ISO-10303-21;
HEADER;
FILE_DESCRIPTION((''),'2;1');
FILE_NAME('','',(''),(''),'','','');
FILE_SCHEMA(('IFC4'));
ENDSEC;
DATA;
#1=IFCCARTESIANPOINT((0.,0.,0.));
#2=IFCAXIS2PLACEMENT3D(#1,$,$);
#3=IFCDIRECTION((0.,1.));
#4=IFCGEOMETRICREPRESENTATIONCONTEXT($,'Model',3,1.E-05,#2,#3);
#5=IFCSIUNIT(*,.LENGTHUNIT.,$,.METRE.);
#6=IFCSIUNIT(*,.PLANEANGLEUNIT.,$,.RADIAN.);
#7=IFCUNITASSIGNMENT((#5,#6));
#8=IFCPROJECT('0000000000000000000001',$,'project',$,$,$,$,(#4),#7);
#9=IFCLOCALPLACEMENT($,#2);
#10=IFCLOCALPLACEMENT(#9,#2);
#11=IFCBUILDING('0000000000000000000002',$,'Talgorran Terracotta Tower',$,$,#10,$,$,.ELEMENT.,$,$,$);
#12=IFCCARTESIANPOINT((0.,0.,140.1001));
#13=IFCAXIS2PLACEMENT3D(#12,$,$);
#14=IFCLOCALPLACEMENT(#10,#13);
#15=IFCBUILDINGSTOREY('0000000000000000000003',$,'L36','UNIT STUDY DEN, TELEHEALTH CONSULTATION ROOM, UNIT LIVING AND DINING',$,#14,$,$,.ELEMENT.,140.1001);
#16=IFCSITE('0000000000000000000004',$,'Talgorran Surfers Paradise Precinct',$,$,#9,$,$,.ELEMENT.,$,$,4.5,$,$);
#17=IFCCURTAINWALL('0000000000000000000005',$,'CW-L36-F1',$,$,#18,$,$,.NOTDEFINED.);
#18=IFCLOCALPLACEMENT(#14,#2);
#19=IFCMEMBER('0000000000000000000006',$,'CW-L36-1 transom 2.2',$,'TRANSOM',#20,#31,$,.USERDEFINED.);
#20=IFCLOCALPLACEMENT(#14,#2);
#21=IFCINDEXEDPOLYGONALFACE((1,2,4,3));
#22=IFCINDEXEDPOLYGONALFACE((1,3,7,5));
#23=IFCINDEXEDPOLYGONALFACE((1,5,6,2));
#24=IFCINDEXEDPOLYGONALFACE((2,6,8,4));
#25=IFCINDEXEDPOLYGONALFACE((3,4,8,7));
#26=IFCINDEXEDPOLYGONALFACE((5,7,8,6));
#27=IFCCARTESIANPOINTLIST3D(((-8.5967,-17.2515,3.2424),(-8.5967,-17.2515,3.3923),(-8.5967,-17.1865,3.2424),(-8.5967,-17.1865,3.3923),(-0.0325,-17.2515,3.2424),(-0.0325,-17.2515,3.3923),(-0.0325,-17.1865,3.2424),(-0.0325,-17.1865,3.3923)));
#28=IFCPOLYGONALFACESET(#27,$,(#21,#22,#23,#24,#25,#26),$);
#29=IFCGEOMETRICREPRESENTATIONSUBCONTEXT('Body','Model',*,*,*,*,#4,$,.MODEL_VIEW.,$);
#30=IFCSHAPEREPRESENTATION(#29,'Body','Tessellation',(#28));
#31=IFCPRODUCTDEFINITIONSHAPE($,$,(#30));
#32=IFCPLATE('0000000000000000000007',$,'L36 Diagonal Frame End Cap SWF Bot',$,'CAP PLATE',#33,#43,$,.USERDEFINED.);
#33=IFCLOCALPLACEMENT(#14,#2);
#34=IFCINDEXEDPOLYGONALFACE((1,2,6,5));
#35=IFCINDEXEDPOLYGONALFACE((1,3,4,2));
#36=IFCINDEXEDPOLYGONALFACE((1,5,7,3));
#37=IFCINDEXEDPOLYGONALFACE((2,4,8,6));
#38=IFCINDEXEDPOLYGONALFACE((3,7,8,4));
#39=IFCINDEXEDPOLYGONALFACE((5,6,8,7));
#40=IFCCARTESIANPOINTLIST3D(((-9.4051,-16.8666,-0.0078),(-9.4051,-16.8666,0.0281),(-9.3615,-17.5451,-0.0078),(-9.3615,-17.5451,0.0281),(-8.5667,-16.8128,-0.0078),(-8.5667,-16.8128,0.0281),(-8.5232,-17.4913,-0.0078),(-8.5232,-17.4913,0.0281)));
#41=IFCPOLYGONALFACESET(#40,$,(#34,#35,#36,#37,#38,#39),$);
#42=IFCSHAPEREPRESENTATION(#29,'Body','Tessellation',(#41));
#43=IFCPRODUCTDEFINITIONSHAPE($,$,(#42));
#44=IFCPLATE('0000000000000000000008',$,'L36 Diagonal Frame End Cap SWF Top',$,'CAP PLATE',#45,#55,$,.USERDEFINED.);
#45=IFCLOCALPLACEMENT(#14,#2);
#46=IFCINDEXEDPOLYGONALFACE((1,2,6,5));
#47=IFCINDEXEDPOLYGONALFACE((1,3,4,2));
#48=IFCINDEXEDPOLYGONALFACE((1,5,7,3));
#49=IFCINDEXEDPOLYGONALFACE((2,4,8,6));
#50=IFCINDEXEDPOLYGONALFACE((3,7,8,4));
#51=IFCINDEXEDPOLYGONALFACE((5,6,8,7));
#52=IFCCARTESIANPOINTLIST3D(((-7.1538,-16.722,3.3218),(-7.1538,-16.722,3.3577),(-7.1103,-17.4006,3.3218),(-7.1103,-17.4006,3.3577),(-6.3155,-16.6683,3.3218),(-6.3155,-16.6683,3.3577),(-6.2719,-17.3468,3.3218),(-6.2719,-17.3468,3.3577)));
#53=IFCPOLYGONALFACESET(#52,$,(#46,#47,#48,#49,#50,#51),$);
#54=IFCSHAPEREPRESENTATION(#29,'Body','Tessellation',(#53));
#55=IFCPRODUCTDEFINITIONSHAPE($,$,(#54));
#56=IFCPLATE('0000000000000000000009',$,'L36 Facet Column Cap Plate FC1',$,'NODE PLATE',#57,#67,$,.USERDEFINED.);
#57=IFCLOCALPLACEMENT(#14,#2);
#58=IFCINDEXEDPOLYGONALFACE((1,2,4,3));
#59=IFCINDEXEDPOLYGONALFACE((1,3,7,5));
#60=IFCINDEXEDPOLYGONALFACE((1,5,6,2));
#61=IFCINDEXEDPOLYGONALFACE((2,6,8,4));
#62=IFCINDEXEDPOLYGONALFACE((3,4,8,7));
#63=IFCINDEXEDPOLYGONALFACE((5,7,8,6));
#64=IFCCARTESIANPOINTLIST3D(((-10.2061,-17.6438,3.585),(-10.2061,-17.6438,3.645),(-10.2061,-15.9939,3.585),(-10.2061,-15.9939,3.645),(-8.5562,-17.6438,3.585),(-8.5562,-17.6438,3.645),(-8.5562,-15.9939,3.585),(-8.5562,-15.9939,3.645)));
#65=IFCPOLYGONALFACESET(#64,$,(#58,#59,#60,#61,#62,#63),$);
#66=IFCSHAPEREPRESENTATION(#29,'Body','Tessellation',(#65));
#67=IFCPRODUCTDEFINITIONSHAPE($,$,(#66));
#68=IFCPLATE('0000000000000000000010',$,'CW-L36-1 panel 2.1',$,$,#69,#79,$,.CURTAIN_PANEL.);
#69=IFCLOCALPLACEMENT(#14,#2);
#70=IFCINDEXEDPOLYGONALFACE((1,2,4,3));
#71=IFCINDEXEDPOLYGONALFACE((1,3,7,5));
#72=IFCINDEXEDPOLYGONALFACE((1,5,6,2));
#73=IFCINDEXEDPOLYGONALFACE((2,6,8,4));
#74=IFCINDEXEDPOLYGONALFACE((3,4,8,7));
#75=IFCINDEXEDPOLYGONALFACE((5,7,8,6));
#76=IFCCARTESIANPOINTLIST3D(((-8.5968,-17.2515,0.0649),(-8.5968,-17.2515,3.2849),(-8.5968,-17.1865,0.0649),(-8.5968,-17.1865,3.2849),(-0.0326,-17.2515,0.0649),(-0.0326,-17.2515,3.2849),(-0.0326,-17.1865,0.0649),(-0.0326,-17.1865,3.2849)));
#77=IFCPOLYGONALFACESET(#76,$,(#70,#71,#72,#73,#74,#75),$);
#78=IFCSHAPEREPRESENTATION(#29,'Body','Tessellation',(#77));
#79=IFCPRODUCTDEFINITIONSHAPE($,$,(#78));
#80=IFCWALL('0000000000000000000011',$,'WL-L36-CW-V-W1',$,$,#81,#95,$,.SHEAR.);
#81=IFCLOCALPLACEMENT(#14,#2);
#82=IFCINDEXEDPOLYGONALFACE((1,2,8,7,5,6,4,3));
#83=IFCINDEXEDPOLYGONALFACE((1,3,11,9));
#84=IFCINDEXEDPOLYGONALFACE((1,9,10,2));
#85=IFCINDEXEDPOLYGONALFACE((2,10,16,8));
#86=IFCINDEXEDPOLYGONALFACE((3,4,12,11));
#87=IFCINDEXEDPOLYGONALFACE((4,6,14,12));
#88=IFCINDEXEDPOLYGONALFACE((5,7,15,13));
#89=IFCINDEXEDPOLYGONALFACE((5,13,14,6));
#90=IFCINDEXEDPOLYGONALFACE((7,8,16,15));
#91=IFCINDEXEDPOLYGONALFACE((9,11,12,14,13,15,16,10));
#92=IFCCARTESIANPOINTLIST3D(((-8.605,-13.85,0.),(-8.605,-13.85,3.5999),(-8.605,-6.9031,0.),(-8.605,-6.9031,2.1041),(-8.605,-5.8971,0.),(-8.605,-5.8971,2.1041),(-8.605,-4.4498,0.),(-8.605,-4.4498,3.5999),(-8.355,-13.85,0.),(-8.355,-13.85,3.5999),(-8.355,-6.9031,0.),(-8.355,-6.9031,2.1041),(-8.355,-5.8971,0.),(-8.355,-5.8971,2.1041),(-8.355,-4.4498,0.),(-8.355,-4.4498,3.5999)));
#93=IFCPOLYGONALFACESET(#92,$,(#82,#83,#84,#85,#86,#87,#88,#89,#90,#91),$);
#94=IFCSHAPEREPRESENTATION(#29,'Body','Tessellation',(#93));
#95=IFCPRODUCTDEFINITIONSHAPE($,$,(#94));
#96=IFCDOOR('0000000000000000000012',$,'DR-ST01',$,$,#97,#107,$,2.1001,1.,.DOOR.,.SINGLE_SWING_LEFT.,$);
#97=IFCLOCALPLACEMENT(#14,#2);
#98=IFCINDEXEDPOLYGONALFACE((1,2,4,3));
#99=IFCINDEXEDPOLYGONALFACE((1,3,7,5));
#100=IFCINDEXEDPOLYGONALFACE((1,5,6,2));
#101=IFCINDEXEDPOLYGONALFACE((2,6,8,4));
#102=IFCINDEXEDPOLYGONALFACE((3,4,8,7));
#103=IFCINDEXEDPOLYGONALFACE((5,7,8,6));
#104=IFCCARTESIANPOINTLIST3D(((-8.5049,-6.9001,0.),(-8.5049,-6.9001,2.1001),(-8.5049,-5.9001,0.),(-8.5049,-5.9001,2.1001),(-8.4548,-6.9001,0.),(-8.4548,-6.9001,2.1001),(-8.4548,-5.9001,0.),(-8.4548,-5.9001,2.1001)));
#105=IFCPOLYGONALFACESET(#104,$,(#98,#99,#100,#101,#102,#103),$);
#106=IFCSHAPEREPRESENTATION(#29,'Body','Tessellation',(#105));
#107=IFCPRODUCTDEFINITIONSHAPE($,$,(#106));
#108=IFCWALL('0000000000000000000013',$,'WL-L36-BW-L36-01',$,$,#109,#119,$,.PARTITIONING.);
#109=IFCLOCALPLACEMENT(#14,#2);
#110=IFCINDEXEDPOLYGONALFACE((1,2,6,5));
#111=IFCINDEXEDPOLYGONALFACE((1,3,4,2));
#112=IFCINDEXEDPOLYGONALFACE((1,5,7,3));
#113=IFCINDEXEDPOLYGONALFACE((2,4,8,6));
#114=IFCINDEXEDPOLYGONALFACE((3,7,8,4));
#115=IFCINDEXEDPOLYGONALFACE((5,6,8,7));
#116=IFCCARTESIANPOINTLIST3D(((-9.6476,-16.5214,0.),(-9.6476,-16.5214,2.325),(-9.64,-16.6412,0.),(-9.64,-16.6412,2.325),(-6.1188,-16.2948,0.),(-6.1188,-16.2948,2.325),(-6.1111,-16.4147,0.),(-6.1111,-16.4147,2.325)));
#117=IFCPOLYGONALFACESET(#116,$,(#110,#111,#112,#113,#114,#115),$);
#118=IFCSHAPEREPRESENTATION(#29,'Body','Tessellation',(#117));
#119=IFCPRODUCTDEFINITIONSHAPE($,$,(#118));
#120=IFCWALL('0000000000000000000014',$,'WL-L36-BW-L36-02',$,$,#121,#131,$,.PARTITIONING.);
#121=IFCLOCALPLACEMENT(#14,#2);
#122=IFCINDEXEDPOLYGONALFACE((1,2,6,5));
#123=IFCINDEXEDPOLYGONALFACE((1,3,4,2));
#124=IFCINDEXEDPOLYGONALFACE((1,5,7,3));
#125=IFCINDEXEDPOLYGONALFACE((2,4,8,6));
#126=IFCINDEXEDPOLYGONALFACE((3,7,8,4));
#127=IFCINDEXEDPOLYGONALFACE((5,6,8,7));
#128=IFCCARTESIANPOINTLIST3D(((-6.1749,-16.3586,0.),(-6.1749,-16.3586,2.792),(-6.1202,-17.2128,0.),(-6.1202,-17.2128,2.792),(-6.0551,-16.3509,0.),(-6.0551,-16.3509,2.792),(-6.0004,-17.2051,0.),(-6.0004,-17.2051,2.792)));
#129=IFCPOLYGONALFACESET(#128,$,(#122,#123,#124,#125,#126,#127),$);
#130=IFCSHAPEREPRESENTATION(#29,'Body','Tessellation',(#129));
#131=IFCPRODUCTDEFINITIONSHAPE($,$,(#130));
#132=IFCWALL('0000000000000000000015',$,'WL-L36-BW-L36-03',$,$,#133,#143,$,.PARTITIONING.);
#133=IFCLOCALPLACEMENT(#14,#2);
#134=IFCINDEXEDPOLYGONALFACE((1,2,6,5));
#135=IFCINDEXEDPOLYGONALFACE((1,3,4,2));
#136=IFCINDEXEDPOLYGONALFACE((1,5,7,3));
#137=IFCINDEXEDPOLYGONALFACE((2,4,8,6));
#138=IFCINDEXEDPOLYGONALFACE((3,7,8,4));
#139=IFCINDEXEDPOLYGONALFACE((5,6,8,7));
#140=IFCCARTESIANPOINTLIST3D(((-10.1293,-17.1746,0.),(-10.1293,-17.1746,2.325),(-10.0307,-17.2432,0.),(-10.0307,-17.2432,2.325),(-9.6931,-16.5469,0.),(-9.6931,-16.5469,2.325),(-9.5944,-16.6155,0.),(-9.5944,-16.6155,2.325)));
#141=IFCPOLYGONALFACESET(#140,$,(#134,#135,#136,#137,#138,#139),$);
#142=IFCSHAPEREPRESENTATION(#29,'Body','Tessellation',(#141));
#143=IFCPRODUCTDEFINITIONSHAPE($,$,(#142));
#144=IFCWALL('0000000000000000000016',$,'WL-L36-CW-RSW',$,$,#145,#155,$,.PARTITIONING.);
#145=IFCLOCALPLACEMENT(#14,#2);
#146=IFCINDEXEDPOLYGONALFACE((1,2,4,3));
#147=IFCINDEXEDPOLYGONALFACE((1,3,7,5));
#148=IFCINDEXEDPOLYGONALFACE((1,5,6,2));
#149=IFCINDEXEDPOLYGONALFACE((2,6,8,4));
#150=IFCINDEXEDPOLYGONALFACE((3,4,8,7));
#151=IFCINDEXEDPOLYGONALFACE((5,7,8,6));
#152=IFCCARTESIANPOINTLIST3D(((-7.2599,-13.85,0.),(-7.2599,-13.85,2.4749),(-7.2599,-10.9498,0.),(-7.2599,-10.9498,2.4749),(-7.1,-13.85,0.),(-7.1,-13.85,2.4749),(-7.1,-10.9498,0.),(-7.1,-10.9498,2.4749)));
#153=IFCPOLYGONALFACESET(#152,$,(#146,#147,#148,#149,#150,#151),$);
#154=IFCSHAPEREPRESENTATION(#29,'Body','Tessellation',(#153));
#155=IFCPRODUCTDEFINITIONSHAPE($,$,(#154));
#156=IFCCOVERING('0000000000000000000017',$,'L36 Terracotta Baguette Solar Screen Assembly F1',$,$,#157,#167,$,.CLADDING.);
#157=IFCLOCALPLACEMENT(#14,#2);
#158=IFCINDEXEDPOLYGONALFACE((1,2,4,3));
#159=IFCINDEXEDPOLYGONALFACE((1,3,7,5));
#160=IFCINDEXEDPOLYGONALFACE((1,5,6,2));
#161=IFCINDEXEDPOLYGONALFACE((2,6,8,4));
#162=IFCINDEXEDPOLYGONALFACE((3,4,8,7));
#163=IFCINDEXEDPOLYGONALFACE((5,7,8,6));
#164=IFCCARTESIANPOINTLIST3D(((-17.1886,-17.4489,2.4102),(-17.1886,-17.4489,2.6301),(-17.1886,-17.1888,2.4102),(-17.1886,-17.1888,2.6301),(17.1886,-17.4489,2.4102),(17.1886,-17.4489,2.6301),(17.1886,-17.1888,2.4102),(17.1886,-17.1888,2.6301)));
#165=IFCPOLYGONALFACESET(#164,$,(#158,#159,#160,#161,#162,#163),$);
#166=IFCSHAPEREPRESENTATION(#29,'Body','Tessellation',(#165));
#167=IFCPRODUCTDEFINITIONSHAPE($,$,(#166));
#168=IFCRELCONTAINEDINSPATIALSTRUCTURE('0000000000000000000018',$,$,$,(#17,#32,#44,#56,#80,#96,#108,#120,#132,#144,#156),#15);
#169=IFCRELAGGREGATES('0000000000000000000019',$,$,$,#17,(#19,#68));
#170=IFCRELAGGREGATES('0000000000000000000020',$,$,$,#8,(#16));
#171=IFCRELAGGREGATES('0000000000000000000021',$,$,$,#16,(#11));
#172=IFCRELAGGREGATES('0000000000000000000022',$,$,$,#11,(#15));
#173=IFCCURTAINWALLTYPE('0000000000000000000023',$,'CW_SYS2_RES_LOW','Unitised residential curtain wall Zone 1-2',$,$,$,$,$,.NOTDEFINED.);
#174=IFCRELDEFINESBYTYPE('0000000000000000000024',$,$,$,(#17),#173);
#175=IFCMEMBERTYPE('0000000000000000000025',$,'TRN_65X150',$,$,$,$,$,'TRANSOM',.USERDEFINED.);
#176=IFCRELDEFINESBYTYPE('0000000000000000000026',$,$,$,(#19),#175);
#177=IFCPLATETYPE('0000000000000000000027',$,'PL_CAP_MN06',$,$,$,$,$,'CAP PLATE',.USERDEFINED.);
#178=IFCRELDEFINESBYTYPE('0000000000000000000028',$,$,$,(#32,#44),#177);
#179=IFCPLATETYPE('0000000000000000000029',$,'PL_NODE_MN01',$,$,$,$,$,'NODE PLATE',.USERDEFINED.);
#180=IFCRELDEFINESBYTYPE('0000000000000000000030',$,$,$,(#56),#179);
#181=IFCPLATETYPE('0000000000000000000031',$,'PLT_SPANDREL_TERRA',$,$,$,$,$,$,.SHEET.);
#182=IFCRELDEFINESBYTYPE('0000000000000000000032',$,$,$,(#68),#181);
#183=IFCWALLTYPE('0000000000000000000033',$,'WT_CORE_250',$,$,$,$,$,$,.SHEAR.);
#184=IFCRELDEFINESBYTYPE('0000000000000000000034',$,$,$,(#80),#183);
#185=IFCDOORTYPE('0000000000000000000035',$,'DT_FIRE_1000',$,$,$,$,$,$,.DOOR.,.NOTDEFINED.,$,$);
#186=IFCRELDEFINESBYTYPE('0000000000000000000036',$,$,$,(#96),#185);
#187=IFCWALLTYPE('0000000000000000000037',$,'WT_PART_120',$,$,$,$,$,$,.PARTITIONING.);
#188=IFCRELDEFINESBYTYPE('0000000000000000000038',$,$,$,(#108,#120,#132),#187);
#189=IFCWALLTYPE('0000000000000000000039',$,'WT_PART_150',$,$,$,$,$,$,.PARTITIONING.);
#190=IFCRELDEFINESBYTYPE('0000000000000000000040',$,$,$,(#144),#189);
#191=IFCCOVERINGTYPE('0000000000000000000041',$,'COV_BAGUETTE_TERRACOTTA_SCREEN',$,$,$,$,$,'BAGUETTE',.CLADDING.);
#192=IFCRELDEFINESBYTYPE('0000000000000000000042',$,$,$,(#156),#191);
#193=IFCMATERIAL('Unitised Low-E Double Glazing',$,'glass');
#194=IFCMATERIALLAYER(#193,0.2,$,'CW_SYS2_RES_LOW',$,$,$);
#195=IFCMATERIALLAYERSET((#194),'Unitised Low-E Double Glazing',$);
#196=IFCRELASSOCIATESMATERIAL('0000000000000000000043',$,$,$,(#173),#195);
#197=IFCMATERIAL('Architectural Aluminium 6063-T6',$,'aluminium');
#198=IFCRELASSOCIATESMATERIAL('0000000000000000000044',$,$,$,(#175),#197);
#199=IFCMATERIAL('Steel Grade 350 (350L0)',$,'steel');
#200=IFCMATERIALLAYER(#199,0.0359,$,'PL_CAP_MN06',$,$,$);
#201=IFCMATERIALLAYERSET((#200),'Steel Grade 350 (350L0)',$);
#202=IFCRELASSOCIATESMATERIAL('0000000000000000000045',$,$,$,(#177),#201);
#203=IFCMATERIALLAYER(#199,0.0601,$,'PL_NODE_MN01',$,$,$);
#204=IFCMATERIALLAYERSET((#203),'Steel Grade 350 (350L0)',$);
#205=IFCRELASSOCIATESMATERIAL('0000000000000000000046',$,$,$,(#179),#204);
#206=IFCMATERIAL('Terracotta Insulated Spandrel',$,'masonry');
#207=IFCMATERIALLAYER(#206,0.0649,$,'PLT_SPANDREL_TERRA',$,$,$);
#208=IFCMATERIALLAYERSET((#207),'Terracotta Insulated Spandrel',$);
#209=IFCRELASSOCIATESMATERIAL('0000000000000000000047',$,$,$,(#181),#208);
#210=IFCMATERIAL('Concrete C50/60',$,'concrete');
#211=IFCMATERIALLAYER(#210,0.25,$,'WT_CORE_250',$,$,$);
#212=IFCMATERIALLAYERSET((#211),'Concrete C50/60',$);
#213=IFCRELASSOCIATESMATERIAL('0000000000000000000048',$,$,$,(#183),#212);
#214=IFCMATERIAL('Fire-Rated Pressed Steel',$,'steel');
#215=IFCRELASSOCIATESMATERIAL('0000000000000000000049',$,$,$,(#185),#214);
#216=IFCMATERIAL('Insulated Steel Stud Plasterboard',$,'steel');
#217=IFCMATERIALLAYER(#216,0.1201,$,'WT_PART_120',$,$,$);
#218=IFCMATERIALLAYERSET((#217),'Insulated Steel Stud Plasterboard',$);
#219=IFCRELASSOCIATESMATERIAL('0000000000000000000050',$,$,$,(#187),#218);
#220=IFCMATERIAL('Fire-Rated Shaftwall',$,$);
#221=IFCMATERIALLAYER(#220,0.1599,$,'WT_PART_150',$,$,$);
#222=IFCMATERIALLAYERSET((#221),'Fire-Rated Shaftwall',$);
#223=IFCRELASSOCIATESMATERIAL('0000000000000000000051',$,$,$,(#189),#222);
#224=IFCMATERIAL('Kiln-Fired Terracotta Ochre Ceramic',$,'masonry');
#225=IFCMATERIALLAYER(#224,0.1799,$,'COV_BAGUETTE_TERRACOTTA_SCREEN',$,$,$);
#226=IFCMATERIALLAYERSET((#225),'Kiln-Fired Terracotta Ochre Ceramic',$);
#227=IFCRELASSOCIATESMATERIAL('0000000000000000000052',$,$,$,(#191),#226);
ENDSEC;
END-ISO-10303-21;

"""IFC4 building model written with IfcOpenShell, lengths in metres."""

from ifc_helpers import new_model, si_unit, direction, frame, frame_2d, origin, origin_2d, place, context, subcontext, project, spatial, rectangle, extrude, source, transform, mapped, material, layer, layer_set, material_profile, profile_set, type_object, type_shapes, element, fill, aggregate, save


model = new_model("IFC4")

# Units and contexts
model_context = context("Model", 3, precision=1e-05, world=origin(), true_north=direction((0.0, 1.0)))
body_context = subcontext(model_context, "Body", "Model", "MODEL_VIEW")
ifc_project = project(units=[si_unit("LENGTHUNIT", "METRE"), si_unit("PLANEANGLEUNIT", "RADIAN")], contexts=[model_context])

# Site, building, storey
site_placement = place(None, origin())
site = spatial("IfcSite", under=ifc_project, at=site_placement, Name="Talgorran Surfers Paradise Precinct", CompositionType="ELEMENT", RefElevation=4.5)
building_placement = place(site_placement, origin())
building = spatial("IfcBuilding", under=site, at=building_placement, Name="Talgorran Terracotta Tower", CompositionType="ELEMENT")
storey_placement = place(building_placement, frame((0.0, 0.0, 140.1001)))
storey = spatial("IfcBuildingStorey", under=building, at=storey_placement, Name="L36", Description="UNIT STUDY DEN, TELEHEALTH CONSULTATION ROOM, UNIT LIVING AND DINING", CompositionType="ELEMENT", Elevation=140.1001)

# Shared definitions
ifc_material_1 = material(Name="Steel Grade 350 (350L0)", Category="steel")

# Curtain wall, member
ifc_material_2 = material(Name="Unitised Low-E Double Glazing", Category="glass")
ifc_layer_1 = layer(ifc_material_2, 0.2, Name="CW_SYS2_RES_LOW")
ifc_layer_set_1 = layer_set([ifc_layer_1], Name="Unitised Low-E Double Glazing")
curtain_wall_type = type_object("IfcCurtainWallType", Name="CW_SYS2_RES_LOW", Description="Unitised residential curtain wall Zone 1-2", PredefinedType="NOTDEFINED", material=ifc_layer_set_1)
curtain_wall_placement = place(storey_placement, origin())
curtain_wall = element("IfcCurtainWall", 1, at=curtain_wall_placement, inside=storey, type_object=curtain_wall_type, Name="CW-L36-F1", PredefinedType="NOTDEFINED")
ifc_material_3 = material(Name="Architectural Aluminium 6063-T6", Category="aluminium")
ifc_material_profile_1 = material_profile(ifc_material_3, rectangle(XDim=0.0649, YDim=0.1499, at=origin_2d()), Name="CWT65X150")
ifc_profile_set_1 = profile_set([ifc_material_profile_1], Name="Architectural Aluminium 6063-T6")
member_type_1 = type_object("IfcMemberType", Name="TRN_65X150", ElementType="TRANSOM", PredefinedType="USERDEFINED", material=ifc_profile_set_1)
member_1_placement = place(storey_placement, frame((-8.5967, -17.219, 3.3174), z_axis=(1.0, 0.0, 0.0), x_axis=(0.0, 1.0, 0.0)))
member_1 = element("IfcMember", 2, at=member_1_placement, type_object=member_type_1, Name="CW-L36-1 transom 2.2", ObjectType="TRANSOM", PredefinedType="USERDEFINED", context=body_context, shape_type="SweptSolid", body=[
    extrude(rectangle(XDim=0.0649, YDim=0.1499, at=origin_2d()), origin(), (0.0, 0.0, 1.0), 8.5642),
])

# Plates
ifc_layer_2 = layer(ifc_material_1, 0.0359, Name="PL_CAP_MN06")
ifc_layer_set_2 = layer_set([ifc_layer_2], Name="Steel Grade 350 (350L0)")
plate_type_1 = type_object("IfcPlateType", Name="PL_CAP_MN06", ElementType="CAP PLATE", PredefinedType="USERDEFINED", material=ifc_layer_set_2)
for number, where, z_axis, x_axis, name in (
    (3, (-8.9641, -17.179, -0.0078), (0.0, 0.0, 1.0), (0.997949, 0.06401, 0.0), "L36 Diagonal Frame End Cap SWF Bot"),
    (4, (-6.7129, -17.0344, 3.3218), (0.0, 0.0, 1.0), (0.997949, 0.06401, 0.0), "L36 Diagonal Frame End Cap SWF Top"),
):
    element("IfcPlate", number, at=place(storey_placement, frame(where, z_axis=z_axis, x_axis=x_axis)), inside=storey, type_object=plate_type_1, Name=name, ObjectType="CAP PLATE", PredefinedType="USERDEFINED", context=body_context, shape_type="SweptSolid", body=[
        extrude(rectangle(XDim=0.8401, YDim=0.6799, at=origin_2d()), origin(), (0.0, 0.0, 1.0), 0.0359),
    ])
ifc_layer_3 = layer(ifc_material_1, 0.0601, Name="PL_NODE_MN01")
ifc_layer_set_3 = layer_set([ifc_layer_3], Name="Steel Grade 350 (350L0)")
plate_type_2 = type_object("IfcPlateType", Name="PL_NODE_MN01", ElementType="NODE PLATE", PredefinedType="USERDEFINED", material=ifc_layer_set_3)
plate_1_placement = place(storey_placement, frame((-9.3811, -16.8188, 3.585), z_axis=(0.0, 0.0, 1.0), x_axis=(1.0, 0.0, 0.0)))
element("IfcPlate", 5, at=plate_1_placement, inside=storey, type_object=plate_type_2, Name="L36 Facet Column Cap Plate FC1", ObjectType="NODE PLATE", PredefinedType="USERDEFINED", context=body_context, shape_type="SweptSolid", body=[
    extrude(rectangle(XDim=1.6499, YDim=1.6499, at=origin_2d()), origin(), (0.0, 0.0, 1.0), 0.0601),
])

# Plate
ifc_material_4 = material(Name="Terracotta Insulated Spandrel", Category="masonry")
ifc_layer_4 = layer(ifc_material_4, 0.0649, Name="PLT_SPANDREL_TERRA")
ifc_layer_set_4 = layer_set([ifc_layer_4], Name="Terracotta Insulated Spandrel")
plate_type_3 = type_object("IfcPlateType", Name="PLT_SPANDREL_TERRA", PredefinedType="SHEET", material=ifc_layer_set_4)
shared_shape = source(origin(), body_context, "Body", "SweptSolid", [
    extrude(rectangle(XDim=8.5642, YDim=0.0649, at=origin_2d()), origin(), (0.0, 0.0, 1.0), 3.22),
])
type_shapes(plate_type_3, [shared_shape])
plate_2_placement = place(storey_placement, frame((-4.3147, -17.219, 0.0649), z_axis=(0.0, 0.0, 1.0), x_axis=(1.0, 0.0, 0.0)))
plate_2 = element("IfcPlate", 6, at=plate_2_placement, type_object=plate_type_3, Name="CW-L36-1 panel 2.1", PredefinedType="CURTAIN_PANEL", context=body_context, shape_type="MappedRepresentation", body=[
    mapped(shared_shape, transform((0.0, 0.0, 0.0), scale=1.0)),
])
aggregate(curtain_wall, [member_1, plate_2])

# Wall, opening, door
ifc_material_5 = material(Name="Concrete C50/60", Category="concrete")
ifc_layer_5 = layer(ifc_material_5, 0.25, Name="WT_CORE_250")
ifc_layer_set_5 = layer_set([ifc_layer_5], Name="Concrete C50/60")
wall_type_1 = type_object("IfcWallType", Name="WT_CORE_250", PredefinedType="SHEAR", material=ifc_layer_set_5)
wall_1_placement = place(storey_placement, frame((-8.48, -13.8501, 0.0), z_axis=(0.0, 0.0, 1.0), x_axis=(0.0, 1.0, 0.0)))
wall_1 = element("IfcWall", 7, at=wall_1_placement, inside=storey, type_object=wall_type_1, Name="WL-L36-CW-V-W1", PredefinedType="SHEAR", context=body_context, shape_type="SweptSolid", body=[
    extrude(rectangle(XDim=9.4001, YDim=0.25, at=frame_2d((4.7002, 0.0))), origin(), (0.0, 0.0, 1.0), 3.5999),
])
opening_placement = place(wall_1_placement, frame((6.95, 0.0, 0.0)))
opening = element("IfcOpeningElement", 8, at=opening_placement, cuts=wall_1, PredefinedType="OPENING", context=body_context, shape_type="SweptSolid", body=[
    extrude(rectangle(XDim=1.006, YDim=2.1041, at=frame_2d((0.5, 1.052))), frame((0.0, 0.135, 0.0), z_axis=(0.0, -1.0, 0.0), x_axis=(1.0, 0.0, 0.0)), (0.0, 0.0, 1.0), 0.27),
])
ifc_material_6 = material(Name="Fire-Rated Pressed Steel", Category="steel")
door_type = type_object("IfcDoorType", Name="DT_FIRE_1000", OperationType="NOTDEFINED", PredefinedType="DOOR", material=ifc_material_6)
door_placement = place(opening_placement, origin())
door = element("IfcDoor", 9, at=door_placement, inside=storey, type_object=door_type, Name="DR-ST01", OperationType="SINGLE_SWING_LEFT", OverallHeight=2.1001, OverallWidth=1.0, PredefinedType="DOOR", context=body_context, shape_type="SweptSolid", body=[
    extrude(rectangle(XDim=1.0, YDim=2.1001, at=frame_2d((0.5, 1.05))), frame((0.0, 0.0249, 0.0), z_axis=(0.0, -1.0, 0.0), x_axis=(1.0, 0.0, 0.0)), (0.0, 0.0, 1.0), 0.05),
])
fill(opening, door)

# Walls
ifc_material_7 = material(Name="Insulated Steel Stud Plasterboard", Category="steel")
ifc_layer_6 = layer(ifc_material_7, 0.1201, Name="WT_PART_120")
ifc_layer_set_6 = layer_set([ifc_layer_6], Name="Insulated Steel Stud Plasterboard")
wall_type_2 = type_object("IfcWallType", Name="WT_PART_120", PredefinedType="PARTITIONING", material=ifc_layer_set_6)
wall_2_placement = place(storey_placement, frame((-9.6438, -16.5813, 0.0), z_axis=(0.0, 0.0, 1.0), x_axis=(0.997945, 0.064072, 0.0)))
element("IfcWall", 10, at=wall_2_placement, inside=storey, type_object=wall_type_2, Name="WL-L36-BW-L36-01", PredefinedType="PARTITIONING", context=body_context, shape_type="SweptSolid", body=[
    extrude(rectangle(XDim=3.5361, YDim=0.1201, at=frame_2d((1.7681, 0.0))), origin(), (0.0, 0.0, 1.0), 2.325),
])
wall_3_placement = place(storey_placement, frame((-6.115, -16.3547, 0.0), z_axis=(0.0, 0.0, 1.0), x_axis=(0.063888, -0.997957, 0.0)))
element("IfcWall", 11, at=wall_3_placement, inside=storey, type_object=wall_type_2, Name="WL-L36-BW-L36-02", PredefinedType="PARTITIONING", context=body_context, shape_type="SweptSolid", body=[
    extrude(rectangle(XDim=0.856, YDim=0.1201, at=frame_2d((0.428, 0.0))), origin(), (0.0, 0.0, 1.0), 2.792),
])
wall_4_placement = place(storey_placement, frame((-10.0801, -17.209, 0.0), z_axis=(0.0, 0.0, 1.0), x_axis=(0.570737, 0.821133, 0.0)))
element("IfcWall", 12, at=wall_4_placement, inside=storey, type_object=wall_type_2, Name="WL-L36-BW-L36-03", PredefinedType="PARTITIONING", context=body_context, shape_type="SweptSolid", body=[
    extrude(rectangle(XDim=0.7644, YDim=0.1201, at=frame_2d((0.3823, 0.0))), origin(), (0.0, 0.0, 1.0), 2.325),
])
ifc_material_8 = material(Name="Fire-Rated Shaftwall")
ifc_layer_7 = layer(ifc_material_8, 0.1599, Name="WT_PART_150")
ifc_layer_set_7 = layer_set([ifc_layer_7], Name="Fire-Rated Shaftwall")
wall_type_3 = type_object("IfcWallType", Name="WT_PART_150", PredefinedType="PARTITIONING", material=ifc_layer_set_7)
wall_5_placement = place(storey_placement, frame((-7.1799, -13.8501, 0.0), z_axis=(0.0, 0.0, 1.0), x_axis=(0.0, 1.0, 0.0)))
element("IfcWall", 13, at=wall_5_placement, inside=storey, type_object=wall_type_3, Name="WL-L36-CW-RSW", PredefinedType="PARTITIONING", context=body_context, shape_type="SweptSolid", body=[
    extrude(rectangle(XDim=2.9001, YDim=0.1599, at=frame_2d((1.4502, 0.0))), origin(), (0.0, 0.0, 1.0), 2.4749),
])

# Covering
ifc_material_9 = material(Name="Kiln-Fired Terracotta Ochre Ceramic", Category="masonry")
ifc_layer_8 = layer(ifc_material_9, 0.1799, Name="COV_BAGUETTE_TERRACOTTA_SCREEN")
ifc_layer_set_8 = layer_set([ifc_layer_8], Name="Kiln-Fired Terracotta Ochre Ceramic")
covering_type_1 = type_object("IfcCoveringType", Name="COV_BAGUETTE_TERRACOTTA_SCREEN", ElementType="BAGUETTE", PredefinedType="CLADDING", material=ifc_layer_set_8)
covering_1_placement = place(storey_placement, frame((0.0, -17.3188, 2.4102), z_axis=(0.0, 0.0, 1.0), x_axis=(1.0, 0.0, 0.0)))
element("IfcCovering", 14, at=covering_1_placement, inside=storey, type_object=covering_type_1, Name="L36 Terracotta Baguette Solar Screen Assembly F1", PredefinedType="CLADDING", context=body_context, shape_type="SweptSolid", body=[
    extrude(rectangle(XDim=34.3772, YDim=0.26, at=origin_2d()), origin(), (0.0, 0.0, 1.0), 0.22),
])

save(model, "model.ifc")
